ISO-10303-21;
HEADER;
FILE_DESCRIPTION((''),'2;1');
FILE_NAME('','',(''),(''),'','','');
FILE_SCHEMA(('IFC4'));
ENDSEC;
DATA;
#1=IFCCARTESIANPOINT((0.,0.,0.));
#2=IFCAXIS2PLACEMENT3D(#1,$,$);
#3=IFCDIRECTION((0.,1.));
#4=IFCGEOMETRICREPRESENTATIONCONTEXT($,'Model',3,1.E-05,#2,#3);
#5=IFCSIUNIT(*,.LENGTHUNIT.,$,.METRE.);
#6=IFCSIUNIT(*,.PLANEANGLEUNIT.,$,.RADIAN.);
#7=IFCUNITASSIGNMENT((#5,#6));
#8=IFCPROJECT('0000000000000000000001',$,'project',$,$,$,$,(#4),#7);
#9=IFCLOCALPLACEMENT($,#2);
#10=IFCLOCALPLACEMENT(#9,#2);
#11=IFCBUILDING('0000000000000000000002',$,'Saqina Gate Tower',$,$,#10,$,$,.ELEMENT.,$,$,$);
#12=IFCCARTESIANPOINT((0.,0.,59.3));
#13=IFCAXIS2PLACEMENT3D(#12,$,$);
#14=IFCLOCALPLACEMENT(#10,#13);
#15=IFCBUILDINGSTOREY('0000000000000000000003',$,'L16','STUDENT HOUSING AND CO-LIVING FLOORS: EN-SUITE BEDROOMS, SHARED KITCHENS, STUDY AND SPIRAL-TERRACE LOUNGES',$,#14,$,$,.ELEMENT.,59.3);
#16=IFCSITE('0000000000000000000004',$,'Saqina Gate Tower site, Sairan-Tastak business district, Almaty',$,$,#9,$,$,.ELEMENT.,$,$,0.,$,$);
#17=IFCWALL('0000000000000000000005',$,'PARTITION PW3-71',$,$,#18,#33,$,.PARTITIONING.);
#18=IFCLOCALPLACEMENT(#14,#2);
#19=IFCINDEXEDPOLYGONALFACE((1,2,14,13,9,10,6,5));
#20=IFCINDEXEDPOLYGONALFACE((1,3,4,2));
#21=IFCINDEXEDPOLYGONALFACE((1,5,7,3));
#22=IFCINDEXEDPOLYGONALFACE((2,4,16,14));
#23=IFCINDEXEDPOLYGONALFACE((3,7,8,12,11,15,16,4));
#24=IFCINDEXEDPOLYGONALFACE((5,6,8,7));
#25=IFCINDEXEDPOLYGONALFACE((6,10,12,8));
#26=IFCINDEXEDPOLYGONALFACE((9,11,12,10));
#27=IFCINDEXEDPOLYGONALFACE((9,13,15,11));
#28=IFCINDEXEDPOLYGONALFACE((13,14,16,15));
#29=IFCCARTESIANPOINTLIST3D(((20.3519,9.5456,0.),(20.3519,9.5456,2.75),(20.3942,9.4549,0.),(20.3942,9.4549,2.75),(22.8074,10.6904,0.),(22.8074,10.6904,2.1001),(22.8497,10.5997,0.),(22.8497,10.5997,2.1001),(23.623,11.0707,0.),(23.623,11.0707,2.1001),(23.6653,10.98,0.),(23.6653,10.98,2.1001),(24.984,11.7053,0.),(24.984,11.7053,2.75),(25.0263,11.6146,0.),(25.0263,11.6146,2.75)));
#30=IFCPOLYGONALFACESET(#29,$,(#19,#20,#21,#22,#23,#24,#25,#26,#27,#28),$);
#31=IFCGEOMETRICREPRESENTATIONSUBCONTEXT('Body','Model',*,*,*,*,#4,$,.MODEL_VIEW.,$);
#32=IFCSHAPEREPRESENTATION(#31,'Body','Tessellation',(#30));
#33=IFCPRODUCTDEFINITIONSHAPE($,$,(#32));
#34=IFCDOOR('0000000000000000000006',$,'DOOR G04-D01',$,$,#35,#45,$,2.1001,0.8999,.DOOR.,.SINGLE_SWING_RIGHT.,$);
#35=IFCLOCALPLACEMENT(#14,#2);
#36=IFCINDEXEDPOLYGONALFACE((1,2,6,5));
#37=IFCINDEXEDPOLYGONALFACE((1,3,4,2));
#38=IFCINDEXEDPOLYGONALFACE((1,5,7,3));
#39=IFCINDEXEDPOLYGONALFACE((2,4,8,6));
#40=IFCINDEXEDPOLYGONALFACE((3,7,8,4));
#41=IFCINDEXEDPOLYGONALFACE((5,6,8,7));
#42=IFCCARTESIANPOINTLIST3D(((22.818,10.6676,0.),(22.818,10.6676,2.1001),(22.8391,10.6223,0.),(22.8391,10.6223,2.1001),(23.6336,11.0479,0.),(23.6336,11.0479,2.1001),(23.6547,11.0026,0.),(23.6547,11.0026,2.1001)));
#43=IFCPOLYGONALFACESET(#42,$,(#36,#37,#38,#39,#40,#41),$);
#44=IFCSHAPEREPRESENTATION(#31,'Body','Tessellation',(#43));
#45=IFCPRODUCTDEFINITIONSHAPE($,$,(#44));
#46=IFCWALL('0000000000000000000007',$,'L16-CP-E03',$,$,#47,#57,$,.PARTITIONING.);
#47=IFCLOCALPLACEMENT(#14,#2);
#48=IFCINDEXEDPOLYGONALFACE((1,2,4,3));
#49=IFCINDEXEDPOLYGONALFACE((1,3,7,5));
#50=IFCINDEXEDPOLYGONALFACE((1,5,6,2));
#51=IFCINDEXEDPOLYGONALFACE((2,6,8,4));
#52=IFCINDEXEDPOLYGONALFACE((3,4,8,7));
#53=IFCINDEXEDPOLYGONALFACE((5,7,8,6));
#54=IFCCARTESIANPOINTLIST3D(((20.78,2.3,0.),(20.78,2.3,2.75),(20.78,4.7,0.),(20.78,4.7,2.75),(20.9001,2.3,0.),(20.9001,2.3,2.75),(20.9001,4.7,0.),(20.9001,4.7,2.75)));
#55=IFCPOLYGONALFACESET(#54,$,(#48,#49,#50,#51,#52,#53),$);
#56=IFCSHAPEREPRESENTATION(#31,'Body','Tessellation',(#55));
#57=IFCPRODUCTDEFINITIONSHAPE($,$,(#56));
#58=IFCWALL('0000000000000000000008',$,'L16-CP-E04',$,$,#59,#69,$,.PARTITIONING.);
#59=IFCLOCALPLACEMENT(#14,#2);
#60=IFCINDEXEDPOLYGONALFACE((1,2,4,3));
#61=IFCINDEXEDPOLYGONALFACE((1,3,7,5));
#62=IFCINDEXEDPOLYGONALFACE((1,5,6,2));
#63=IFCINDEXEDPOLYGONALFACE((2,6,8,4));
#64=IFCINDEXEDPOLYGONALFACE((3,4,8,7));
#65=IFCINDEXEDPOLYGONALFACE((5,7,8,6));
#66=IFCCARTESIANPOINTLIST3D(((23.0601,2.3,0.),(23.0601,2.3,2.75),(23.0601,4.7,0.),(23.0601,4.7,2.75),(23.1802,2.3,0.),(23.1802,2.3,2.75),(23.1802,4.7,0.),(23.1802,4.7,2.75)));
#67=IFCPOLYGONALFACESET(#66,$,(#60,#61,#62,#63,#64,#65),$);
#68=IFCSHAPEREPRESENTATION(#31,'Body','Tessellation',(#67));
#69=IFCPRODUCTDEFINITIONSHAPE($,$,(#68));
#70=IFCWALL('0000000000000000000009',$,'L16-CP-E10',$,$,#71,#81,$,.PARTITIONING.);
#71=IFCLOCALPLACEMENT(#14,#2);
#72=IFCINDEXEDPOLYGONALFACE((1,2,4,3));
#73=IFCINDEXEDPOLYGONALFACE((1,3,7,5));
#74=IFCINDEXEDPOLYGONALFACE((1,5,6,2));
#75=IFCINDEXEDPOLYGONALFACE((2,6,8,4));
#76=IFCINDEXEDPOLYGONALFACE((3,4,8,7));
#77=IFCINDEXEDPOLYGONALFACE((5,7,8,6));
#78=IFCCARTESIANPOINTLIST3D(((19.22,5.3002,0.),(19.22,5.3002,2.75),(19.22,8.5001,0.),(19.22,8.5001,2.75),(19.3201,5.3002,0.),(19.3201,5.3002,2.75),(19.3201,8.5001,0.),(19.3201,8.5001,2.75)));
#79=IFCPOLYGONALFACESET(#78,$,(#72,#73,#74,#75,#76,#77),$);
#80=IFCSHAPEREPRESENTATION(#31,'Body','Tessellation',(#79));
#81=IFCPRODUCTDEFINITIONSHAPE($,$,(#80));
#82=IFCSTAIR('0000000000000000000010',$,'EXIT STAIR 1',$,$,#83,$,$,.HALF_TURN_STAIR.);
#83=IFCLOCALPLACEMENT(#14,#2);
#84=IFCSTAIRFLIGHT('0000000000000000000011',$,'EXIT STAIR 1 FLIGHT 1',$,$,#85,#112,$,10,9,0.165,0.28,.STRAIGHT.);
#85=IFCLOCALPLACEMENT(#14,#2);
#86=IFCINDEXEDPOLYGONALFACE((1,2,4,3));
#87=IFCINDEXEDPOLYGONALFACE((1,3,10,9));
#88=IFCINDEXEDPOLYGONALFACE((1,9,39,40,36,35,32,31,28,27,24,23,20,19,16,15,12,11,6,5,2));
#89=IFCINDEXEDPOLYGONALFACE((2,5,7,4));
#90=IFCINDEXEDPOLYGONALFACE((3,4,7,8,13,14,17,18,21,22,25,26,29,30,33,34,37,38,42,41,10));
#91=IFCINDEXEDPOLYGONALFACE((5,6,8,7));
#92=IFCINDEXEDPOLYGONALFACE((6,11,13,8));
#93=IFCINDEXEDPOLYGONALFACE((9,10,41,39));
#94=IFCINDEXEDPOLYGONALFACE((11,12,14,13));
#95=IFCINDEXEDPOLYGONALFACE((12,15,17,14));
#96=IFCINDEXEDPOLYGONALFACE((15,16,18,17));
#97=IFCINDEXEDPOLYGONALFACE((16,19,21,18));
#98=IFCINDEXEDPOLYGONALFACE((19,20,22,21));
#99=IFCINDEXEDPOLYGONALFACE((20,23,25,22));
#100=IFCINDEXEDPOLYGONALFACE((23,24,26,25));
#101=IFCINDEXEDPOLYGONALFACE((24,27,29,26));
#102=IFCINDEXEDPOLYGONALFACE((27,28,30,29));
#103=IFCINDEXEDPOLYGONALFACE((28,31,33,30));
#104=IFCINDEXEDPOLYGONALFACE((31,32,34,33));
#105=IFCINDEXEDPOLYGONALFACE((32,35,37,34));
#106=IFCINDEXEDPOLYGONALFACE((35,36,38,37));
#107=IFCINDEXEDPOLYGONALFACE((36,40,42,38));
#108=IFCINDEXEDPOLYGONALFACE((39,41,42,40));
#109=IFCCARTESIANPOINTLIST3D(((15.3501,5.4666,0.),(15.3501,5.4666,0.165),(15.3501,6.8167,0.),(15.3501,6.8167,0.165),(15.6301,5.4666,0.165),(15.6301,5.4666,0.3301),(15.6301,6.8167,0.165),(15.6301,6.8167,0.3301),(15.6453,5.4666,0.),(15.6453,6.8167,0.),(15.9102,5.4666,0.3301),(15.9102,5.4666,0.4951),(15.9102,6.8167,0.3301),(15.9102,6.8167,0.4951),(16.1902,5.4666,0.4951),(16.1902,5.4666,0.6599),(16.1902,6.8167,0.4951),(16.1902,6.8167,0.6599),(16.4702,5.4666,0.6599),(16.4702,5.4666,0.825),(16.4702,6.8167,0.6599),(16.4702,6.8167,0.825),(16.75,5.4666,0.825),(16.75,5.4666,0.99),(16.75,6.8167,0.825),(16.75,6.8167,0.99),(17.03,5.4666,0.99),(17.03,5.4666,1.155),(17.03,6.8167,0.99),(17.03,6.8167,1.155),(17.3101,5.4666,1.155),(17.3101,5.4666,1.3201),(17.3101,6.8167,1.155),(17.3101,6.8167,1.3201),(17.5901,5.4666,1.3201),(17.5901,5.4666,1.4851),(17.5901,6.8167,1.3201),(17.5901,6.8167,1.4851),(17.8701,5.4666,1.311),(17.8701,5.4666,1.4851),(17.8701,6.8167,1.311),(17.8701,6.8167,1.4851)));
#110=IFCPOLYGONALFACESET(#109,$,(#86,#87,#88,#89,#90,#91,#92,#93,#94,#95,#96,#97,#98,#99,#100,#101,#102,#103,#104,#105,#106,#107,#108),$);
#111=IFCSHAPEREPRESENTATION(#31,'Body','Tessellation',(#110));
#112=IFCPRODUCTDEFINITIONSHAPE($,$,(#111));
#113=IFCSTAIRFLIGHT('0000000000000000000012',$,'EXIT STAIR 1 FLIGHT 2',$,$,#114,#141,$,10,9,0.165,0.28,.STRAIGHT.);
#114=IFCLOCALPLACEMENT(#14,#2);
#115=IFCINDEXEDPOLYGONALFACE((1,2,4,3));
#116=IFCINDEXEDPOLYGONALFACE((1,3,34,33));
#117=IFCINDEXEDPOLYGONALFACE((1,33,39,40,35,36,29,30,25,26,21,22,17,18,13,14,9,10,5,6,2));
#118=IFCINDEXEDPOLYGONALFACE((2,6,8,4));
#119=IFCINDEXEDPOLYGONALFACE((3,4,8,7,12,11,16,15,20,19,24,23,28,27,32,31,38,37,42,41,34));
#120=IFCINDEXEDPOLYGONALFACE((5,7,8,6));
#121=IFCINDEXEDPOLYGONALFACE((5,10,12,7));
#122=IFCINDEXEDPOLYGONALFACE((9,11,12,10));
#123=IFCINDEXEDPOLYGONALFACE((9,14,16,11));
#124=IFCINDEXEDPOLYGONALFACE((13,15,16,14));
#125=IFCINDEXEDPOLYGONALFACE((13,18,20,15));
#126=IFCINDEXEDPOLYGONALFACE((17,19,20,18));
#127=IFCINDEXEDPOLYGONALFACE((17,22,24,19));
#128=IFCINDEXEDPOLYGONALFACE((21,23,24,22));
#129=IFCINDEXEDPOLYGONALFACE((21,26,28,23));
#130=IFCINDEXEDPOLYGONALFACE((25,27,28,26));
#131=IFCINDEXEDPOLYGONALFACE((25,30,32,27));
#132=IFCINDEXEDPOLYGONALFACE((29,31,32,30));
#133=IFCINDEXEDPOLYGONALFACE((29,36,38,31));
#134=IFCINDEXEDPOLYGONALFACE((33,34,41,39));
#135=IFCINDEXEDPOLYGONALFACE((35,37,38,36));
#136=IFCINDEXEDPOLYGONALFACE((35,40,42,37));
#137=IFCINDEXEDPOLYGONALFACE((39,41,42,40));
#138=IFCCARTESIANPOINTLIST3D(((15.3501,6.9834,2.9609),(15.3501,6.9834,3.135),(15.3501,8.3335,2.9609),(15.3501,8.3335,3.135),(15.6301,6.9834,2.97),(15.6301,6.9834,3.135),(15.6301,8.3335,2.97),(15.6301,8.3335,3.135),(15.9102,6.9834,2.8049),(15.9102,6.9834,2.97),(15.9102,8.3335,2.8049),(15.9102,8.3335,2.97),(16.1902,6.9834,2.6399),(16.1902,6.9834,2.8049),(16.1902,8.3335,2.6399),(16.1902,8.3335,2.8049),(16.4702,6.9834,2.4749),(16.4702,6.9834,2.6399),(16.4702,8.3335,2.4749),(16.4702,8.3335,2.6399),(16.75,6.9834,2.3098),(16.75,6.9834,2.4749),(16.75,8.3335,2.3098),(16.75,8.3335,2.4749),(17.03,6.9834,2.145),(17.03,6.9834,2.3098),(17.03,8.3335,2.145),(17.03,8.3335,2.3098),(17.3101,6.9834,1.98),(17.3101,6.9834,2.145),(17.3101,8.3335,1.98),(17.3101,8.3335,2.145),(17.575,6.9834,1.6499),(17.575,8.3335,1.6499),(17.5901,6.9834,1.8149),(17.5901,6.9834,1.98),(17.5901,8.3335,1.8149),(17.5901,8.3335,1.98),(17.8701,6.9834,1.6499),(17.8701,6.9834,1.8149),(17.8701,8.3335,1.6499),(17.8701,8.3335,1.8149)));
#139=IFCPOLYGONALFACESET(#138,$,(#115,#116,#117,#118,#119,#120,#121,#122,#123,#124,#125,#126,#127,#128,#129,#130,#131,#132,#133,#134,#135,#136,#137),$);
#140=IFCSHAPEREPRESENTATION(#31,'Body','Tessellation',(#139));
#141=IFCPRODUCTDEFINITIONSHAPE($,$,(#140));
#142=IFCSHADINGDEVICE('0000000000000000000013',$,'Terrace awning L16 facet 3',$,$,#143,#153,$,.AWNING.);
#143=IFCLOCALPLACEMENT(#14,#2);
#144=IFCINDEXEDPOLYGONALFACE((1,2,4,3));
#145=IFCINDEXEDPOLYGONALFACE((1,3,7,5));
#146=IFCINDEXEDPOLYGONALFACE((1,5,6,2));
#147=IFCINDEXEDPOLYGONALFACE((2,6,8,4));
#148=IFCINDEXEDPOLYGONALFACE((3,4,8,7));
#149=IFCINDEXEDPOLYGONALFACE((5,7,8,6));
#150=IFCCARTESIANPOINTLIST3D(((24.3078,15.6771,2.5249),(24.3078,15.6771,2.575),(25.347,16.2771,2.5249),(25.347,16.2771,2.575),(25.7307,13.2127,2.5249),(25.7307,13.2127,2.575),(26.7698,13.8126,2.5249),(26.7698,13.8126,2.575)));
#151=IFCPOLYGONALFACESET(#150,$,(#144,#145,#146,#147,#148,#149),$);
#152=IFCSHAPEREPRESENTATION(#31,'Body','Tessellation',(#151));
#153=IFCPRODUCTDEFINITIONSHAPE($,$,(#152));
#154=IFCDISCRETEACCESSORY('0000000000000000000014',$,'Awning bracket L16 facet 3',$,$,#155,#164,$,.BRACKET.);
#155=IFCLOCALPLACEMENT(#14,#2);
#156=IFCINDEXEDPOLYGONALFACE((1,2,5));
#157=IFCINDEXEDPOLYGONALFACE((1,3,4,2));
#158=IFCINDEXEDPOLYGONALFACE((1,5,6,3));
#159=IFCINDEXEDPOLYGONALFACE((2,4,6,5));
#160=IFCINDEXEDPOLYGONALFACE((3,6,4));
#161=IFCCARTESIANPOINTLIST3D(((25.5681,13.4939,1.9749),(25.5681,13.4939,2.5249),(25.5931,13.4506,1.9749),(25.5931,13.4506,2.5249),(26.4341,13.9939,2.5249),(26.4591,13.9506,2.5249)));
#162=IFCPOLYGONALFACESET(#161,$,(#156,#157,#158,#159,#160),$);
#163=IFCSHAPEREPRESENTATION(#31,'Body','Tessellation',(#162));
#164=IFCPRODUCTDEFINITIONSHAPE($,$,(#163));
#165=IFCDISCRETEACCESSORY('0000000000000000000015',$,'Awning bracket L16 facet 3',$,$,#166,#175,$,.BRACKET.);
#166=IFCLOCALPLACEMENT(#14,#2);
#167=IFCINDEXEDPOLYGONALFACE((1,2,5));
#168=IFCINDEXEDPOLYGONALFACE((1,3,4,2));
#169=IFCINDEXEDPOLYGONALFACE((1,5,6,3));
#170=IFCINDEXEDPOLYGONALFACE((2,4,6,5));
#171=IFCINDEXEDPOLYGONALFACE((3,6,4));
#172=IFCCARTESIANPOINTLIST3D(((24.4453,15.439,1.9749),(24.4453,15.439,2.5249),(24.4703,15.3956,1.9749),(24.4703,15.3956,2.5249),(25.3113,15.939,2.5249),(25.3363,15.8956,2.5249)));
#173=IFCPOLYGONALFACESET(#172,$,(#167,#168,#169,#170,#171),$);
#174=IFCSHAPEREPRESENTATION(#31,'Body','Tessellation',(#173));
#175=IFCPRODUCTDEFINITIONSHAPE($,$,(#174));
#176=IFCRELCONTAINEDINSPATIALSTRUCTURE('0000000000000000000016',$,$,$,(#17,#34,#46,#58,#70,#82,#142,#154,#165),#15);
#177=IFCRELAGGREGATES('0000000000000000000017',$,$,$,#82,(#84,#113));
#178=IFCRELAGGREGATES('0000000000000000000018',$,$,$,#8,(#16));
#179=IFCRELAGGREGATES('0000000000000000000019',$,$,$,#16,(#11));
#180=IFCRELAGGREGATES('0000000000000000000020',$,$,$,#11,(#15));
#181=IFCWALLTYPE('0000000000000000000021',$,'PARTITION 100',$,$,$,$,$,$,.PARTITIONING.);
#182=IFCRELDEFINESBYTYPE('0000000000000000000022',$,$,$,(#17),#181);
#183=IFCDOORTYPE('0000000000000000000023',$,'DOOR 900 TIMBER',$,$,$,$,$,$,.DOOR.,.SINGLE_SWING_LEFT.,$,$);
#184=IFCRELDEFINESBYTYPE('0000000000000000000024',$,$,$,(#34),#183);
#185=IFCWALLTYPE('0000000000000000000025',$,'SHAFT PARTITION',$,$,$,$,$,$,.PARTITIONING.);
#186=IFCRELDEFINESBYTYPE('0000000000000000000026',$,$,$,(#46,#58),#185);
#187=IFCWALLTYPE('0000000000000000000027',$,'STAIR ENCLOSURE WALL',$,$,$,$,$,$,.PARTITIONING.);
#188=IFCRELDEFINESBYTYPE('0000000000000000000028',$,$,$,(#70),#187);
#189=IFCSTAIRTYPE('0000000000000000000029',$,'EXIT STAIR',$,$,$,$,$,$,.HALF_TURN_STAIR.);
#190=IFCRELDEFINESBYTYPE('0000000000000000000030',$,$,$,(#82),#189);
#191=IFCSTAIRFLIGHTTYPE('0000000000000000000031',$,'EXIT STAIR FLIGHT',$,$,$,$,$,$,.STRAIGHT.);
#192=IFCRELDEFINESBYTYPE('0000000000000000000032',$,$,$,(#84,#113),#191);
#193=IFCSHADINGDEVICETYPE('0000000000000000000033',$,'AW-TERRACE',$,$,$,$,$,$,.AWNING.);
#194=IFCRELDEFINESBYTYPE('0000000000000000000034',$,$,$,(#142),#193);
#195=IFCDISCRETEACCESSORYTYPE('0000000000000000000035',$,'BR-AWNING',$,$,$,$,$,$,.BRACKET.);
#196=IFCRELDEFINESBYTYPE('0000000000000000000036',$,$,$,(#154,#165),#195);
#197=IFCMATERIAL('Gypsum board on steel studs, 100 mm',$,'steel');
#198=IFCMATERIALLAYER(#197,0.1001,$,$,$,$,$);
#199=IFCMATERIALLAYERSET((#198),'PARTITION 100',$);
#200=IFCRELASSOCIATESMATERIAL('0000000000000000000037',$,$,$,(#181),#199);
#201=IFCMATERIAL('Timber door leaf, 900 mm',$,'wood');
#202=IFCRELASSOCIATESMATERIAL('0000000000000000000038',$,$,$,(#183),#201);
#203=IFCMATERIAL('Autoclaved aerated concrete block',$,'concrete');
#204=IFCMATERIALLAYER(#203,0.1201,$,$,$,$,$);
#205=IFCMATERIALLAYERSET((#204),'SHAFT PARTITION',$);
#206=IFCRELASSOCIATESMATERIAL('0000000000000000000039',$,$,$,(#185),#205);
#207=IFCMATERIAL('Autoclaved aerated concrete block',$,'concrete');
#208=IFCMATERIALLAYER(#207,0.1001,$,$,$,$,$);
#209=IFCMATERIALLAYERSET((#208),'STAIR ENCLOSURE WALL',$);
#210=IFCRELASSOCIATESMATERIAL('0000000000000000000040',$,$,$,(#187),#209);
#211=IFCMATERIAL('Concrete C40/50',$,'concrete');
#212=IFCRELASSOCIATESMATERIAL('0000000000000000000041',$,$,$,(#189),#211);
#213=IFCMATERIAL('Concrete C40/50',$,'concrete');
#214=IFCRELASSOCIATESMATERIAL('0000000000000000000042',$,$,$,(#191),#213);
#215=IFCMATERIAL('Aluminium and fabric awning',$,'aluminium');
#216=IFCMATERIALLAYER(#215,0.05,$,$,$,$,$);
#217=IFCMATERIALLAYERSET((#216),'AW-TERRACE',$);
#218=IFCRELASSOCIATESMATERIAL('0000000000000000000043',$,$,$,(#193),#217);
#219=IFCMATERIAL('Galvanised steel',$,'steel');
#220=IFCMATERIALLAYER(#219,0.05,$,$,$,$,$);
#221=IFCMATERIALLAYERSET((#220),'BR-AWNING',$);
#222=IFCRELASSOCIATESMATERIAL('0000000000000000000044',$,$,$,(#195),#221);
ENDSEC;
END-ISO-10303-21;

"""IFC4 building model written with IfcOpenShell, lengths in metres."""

from ifc_helpers import new_model, si_unit, direction, frame, frame_2d, origin, origin_2d, place, context, subcontext, project, spatial, polyline, rectangle, outline, extrude, material, layer, layer_set, type_object, element, fill, aggregate, save


model = new_model("IFC4")

# Units and contexts
model_context = context("Model", 3, precision=1e-05, world=origin(), true_north=direction((0.0, 1.0)))
body_context = subcontext(model_context, "Body", "Model", "MODEL_VIEW")
ifc_project = project(units=[si_unit("LENGTHUNIT", "METRE"), si_unit("PLANEANGLEUNIT", "RADIAN")], contexts=[model_context])

# Site, building, storey
site_placement = place(None, origin())
site = spatial("IfcSite", under=ifc_project, at=site_placement, Name="Saqina Gate Tower site, Sairan-Tastak business district, Almaty", CompositionType="ELEMENT", RefElevation=0.0)
building_placement = place(site_placement, origin())
building = spatial("IfcBuilding", under=site, at=building_placement, Name="Saqina Gate Tower", CompositionType="ELEMENT")
storey_placement = place(building_placement, frame((0.0, 0.0, 59.3)))
storey = spatial("IfcBuildingStorey", under=building, at=storey_placement, Name="L16", Description="STUDENT HOUSING AND CO-LIVING FLOORS: EN-SUITE BEDROOMS, SHARED KITCHENS, STUDY AND SPIRAL-TERRACE LOUNGES", CompositionType="ELEMENT", Elevation=59.3)

# Wall, opening, door
ifc_material_1 = material(Name="Gypsum board on steel studs, 100 mm", Category="steel")
ifc_layer_1 = layer(ifc_material_1, 0.1001)
ifc_layer_set_1 = layer_set([ifc_layer_1], Name="PARTITION 100")
wall_type_1 = type_object("IfcWallType", Name="PARTITION 100", PredefinedType="PARTITIONING", material=ifc_layer_set_1)
wall_1_placement = place(storey_placement, frame((20.373, 9.5002, 0.0), z_axis=(0.0, 0.0, 1.0), x_axis=(0.906331, 0.422569, 0.0)))
wall_1 = element("IfcWall", 1, at=wall_1_placement, inside=storey, type_object=wall_type_1, Name="PARTITION PW3-71", PredefinedType="PARTITIONING", context=body_context, shape_type="SweptSolid", body=[
    extrude(rectangle(XDim=5.1108, YDim=0.1001, at=frame_2d((2.5554, 0.0))), origin(), (0.0, 0.0, 1.0), 2.75),
])
opening_1_placement = place(wall_1_placement, frame((2.7092, 0.0, 0.0)))
opening_1 = element("IfcOpeningElement", 2, at=opening_1_placement, cuts=wall_1, PredefinedType="OPENING", context=body_context, shape_type="SweptSolid", body=[
    extrude(rectangle(XDim=0.8999, YDim=2.1001, at=frame_2d((0.45, 1.05))), frame((0.0, 0.062, 0.0), z_axis=(0.0, -1.0, 0.0), x_axis=(1.0, 0.0, 0.0)), (0.0, 0.0, 1.0), 0.124),
])
ifc_material_2 = material(Name="Timber door leaf, 900 mm", Category="wood")
door_type_1 = type_object("IfcDoorType", Name="DOOR 900 TIMBER", OperationType="SINGLE_SWING_LEFT", PredefinedType="DOOR", material=ifc_material_2)
door_1_placement = place(opening_1_placement, origin())
door_1 = element("IfcDoor", 3, at=door_1_placement, inside=storey, type_object=door_type_1, Name="DOOR G04-D01", OperationType="SINGLE_SWING_RIGHT", OverallHeight=2.1001, OverallWidth=0.8999, PredefinedType="DOOR", context=body_context, shape_type="SweptSolid", body=[
    extrude(rectangle(XDim=0.8999, YDim=2.1001, at=frame_2d((0.45, 1.05))), frame((0.0, 0.0249, 0.0), z_axis=(0.0, -1.0, 0.0), x_axis=(1.0, 0.0, 0.0)), (0.0, 0.0, 1.0), 0.05),
])
fill(opening_1, door_1)

# Walls
ifc_material_3 = material(Name="Autoclaved aerated concrete block", Category="concrete")
ifc_layer_2 = layer(ifc_material_3, 0.1201)
ifc_layer_set_2 = layer_set([ifc_layer_2], Name="SHAFT PARTITION")
wall_type_2 = type_object("IfcWallType", Name="SHAFT PARTITION", PredefinedType="PARTITIONING", material=ifc_layer_set_2)
for number, where, z_axis, x_axis, name in (
    (4, (20.8401, 2.3, 0.0), (0.0, 0.0, 1.0), (0.0, 1.0, 0.0), "L16-CP-E03"),
    (5, (23.1201, 2.3, 0.0), (0.0, 0.0, 1.0), (0.0, 1.0, 0.0), "L16-CP-E04"),
):
    element("IfcWall", number, at=place(storey_placement, frame(where, z_axis=z_axis, x_axis=x_axis)), inside=storey, type_object=wall_type_2, Name=name, PredefinedType="PARTITIONING", context=body_context, shape_type="SweptSolid", body=[
        extrude(rectangle(XDim=2.3999, YDim=0.1201, at=frame_2d((1.2, 0.0))), origin(), (0.0, 0.0, 1.0), 2.75),
    ])
ifc_material_4 = material(Name="Autoclaved aerated concrete block", Category="concrete")
ifc_layer_3 = layer(ifc_material_4, 0.1001)
ifc_layer_set_3 = layer_set([ifc_layer_3], Name="STAIR ENCLOSURE WALL")
wall_type_3 = type_object("IfcWallType", Name="STAIR ENCLOSURE WALL", PredefinedType="PARTITIONING", material=ifc_layer_set_3)
wall_2_placement = place(storey_placement, frame((19.27, 5.3, 0.0), z_axis=(0.0, 0.0, 1.0), x_axis=(0.0, 1.0, 0.0)))
element("IfcWall", 6, at=wall_2_placement, inside=storey, type_object=wall_type_3, Name="L16-CP-E10", PredefinedType="PARTITIONING", context=body_context, shape_type="SweptSolid", body=[
    extrude(rectangle(XDim=3.2, YDim=0.1001, at=frame_2d((1.6001, 0.0))), origin(), (0.0, 0.0, 1.0), 2.75),
])

# Stair, stair flights
ifc_material_5 = material(Name="Concrete C40/50", Category="concrete")
stair_type = type_object("IfcStairType", Name="EXIT STAIR", PredefinedType="HALF_TURN_STAIR", material=ifc_material_5)
stair_placement = place(storey_placement, origin())
stair = element("IfcStair", 7, at=stair_placement, inside=storey, type_object=stair_type, Name="EXIT STAIR 1", PredefinedType="HALF_TURN_STAIR")
ifc_material_6 = material(Name="Concrete C40/50", Category="concrete")
stair_flight_type = type_object("IfcStairFlightType", Name="EXIT STAIR FLIGHT", PredefinedType="STRAIGHT", material=ifc_material_6)
stair_flight_1_placement = place(storey_placement, frame((15.3501, 6.1416, 0.0), z_axis=(0.0, 0.0, 1.0), x_axis=(1.0, 0.0, 0.0)))
stair_flight_1 = element("IfcStairFlight", 8, at=stair_flight_1_placement, type_object=stair_flight_type, Name="EXIT STAIR 1 FLIGHT 1", NumberOfRisers=10, NumberOfTreads=9, PredefinedType="STRAIGHT", RiserHeight=0.165, TreadLength=0.28, context=body_context, shape_type="SweptSolid", body=[
    extrude(outline(polyline([(0.0, 0.0), (0.0, 0.165), (0.28, 0.165), (0.28, 0.3301), (0.5601, 0.3301), (0.5601, 0.4951), (0.8401, 0.4951), (0.8401, 0.6599), (1.1201, 0.6599), (1.1201, 0.825), (1.3999, 0.825), (1.3999, 0.99), (1.6799, 0.99), (1.6799, 1.155), (1.96, 1.155), (1.96, 1.3201), (2.24, 1.3201), (2.24, 1.4851), (2.52, 1.4851), (2.52, 1.6499), (2.52, 1.311), (0.2952, 0.0), (0.0, 0.0)])), frame((0.0, 0.675, 0.0), z_axis=(0.0, -1.0, 0.0), x_axis=(1.0, 0.0, 0.0)), (0.0, 0.0, 1.0), 1.3501),
])
stair_flight_2_placement = place(storey_placement, frame((17.8701, 7.6584, 1.6499), z_axis=(0.0, 0.0, 1.0), x_axis=(-1.0, 0.0, 0.0)))
stair_flight_2 = element("IfcStairFlight", 9, at=stair_flight_2_placement, type_object=stair_flight_type, Name="EXIT STAIR 1 FLIGHT 2", NumberOfRisers=10, NumberOfTreads=9, PredefinedType="STRAIGHT", RiserHeight=0.165, TreadLength=0.28, context=body_context, shape_type="SweptSolid", body=[
    extrude(outline(polyline([(0.0, 0.0), (0.0, 0.165), (0.28, 0.165), (0.28, 0.3301), (0.5601, 0.3301), (0.5601, 0.4951), (0.8401, 0.4951), (0.8401, 0.6599), (1.1201, 0.6599), (1.1201, 0.825), (1.3999, 0.825), (1.3999, 0.99), (1.6799, 0.99), (1.6799, 1.155), (1.96, 1.155), (1.96, 1.3201), (2.24, 1.3201), (2.24, 1.4851), (2.52, 1.4851), (2.52, 1.6499), (2.52, 1.311), (0.2952, 0.0), (0.0, 0.0)])), frame((0.0, 0.675, 0.0), z_axis=(0.0, -1.0, 0.0), x_axis=(1.0, 0.0, 0.0)), (0.0, 0.0, 1.0), 1.3501),
])
aggregate(stair, [stair_flight_1, stair_flight_2])

# Shading device
ifc_material_7 = material(Name="Aluminium and fabric awning", Category="aluminium")
ifc_layer_4 = layer(ifc_material_7, 0.05)
ifc_layer_set_4 = layer_set([ifc_layer_4], Name="AW-TERRACE")
shading_device_type = type_object("IfcShadingDeviceType", Name="AW-TERRACE", PredefinedType="AWNING", material=ifc_layer_set_4)
shading_device_placement = place(storey_placement, frame((25.5388, 14.7449, 2.5249), z_axis=(0.0, 0.0, 1.0), x_axis=(-0.5, 0.866025, 0.0)))
element("IfcShadingDevice", 10, at=shading_device_placement, inside=storey, type_object=shading_device_type, Name="Terrace awning L16 facet 3", PredefinedType="AWNING", context=body_context, shape_type="SweptSolid", body=[
    extrude(rectangle(XDim=2.8457, YDim=1.2, at=origin_2d()), origin(), (0.0, 0.0, 1.0), 0.05),
])

# Discrete accessories
ifc_material_8 = material(Name="Galvanised steel", Category="steel")
ifc_layer_5 = layer(ifc_material_8, 0.05)
ifc_layer_set_5 = layer_set([ifc_layer_5], Name="BR-AWNING")
discrete_accessory_type_1 = type_object("IfcDiscreteAccessoryType", Name="BR-AWNING", PredefinedType="BRACKET", material=ifc_layer_set_5)
for number, where, z_axis, x_axis, name in (
    (11, (25.5681, 13.4939, 1.9749), (-0.500025, 0.866011, 0.0), (0.0, 0.0, 1.0), "Awning bracket L16 facet 3"),
    (12, (24.4453, 15.439, 1.9749), (-0.500025, 0.866011, 0.0), (0.0, 0.0, 1.0), "Awning bracket L16 facet 3"),
):
    element("IfcDiscreteAccessory", number, at=place(storey_placement, frame(where, z_axis=z_axis, x_axis=x_axis)), inside=storey, type_object=discrete_accessory_type_1, Name=name, PredefinedType="BRACKET", context=body_context, shape_type="SweptSolid", body=[
        extrude(outline(polyline([(0.0, 0.0), (0.55, 0.0), (0.55, 0.9999), (0.0, 0.0)])), origin(), (0.0, 0.0, -1.0), 0.05),
    ])

save(model, "model.ifc")
